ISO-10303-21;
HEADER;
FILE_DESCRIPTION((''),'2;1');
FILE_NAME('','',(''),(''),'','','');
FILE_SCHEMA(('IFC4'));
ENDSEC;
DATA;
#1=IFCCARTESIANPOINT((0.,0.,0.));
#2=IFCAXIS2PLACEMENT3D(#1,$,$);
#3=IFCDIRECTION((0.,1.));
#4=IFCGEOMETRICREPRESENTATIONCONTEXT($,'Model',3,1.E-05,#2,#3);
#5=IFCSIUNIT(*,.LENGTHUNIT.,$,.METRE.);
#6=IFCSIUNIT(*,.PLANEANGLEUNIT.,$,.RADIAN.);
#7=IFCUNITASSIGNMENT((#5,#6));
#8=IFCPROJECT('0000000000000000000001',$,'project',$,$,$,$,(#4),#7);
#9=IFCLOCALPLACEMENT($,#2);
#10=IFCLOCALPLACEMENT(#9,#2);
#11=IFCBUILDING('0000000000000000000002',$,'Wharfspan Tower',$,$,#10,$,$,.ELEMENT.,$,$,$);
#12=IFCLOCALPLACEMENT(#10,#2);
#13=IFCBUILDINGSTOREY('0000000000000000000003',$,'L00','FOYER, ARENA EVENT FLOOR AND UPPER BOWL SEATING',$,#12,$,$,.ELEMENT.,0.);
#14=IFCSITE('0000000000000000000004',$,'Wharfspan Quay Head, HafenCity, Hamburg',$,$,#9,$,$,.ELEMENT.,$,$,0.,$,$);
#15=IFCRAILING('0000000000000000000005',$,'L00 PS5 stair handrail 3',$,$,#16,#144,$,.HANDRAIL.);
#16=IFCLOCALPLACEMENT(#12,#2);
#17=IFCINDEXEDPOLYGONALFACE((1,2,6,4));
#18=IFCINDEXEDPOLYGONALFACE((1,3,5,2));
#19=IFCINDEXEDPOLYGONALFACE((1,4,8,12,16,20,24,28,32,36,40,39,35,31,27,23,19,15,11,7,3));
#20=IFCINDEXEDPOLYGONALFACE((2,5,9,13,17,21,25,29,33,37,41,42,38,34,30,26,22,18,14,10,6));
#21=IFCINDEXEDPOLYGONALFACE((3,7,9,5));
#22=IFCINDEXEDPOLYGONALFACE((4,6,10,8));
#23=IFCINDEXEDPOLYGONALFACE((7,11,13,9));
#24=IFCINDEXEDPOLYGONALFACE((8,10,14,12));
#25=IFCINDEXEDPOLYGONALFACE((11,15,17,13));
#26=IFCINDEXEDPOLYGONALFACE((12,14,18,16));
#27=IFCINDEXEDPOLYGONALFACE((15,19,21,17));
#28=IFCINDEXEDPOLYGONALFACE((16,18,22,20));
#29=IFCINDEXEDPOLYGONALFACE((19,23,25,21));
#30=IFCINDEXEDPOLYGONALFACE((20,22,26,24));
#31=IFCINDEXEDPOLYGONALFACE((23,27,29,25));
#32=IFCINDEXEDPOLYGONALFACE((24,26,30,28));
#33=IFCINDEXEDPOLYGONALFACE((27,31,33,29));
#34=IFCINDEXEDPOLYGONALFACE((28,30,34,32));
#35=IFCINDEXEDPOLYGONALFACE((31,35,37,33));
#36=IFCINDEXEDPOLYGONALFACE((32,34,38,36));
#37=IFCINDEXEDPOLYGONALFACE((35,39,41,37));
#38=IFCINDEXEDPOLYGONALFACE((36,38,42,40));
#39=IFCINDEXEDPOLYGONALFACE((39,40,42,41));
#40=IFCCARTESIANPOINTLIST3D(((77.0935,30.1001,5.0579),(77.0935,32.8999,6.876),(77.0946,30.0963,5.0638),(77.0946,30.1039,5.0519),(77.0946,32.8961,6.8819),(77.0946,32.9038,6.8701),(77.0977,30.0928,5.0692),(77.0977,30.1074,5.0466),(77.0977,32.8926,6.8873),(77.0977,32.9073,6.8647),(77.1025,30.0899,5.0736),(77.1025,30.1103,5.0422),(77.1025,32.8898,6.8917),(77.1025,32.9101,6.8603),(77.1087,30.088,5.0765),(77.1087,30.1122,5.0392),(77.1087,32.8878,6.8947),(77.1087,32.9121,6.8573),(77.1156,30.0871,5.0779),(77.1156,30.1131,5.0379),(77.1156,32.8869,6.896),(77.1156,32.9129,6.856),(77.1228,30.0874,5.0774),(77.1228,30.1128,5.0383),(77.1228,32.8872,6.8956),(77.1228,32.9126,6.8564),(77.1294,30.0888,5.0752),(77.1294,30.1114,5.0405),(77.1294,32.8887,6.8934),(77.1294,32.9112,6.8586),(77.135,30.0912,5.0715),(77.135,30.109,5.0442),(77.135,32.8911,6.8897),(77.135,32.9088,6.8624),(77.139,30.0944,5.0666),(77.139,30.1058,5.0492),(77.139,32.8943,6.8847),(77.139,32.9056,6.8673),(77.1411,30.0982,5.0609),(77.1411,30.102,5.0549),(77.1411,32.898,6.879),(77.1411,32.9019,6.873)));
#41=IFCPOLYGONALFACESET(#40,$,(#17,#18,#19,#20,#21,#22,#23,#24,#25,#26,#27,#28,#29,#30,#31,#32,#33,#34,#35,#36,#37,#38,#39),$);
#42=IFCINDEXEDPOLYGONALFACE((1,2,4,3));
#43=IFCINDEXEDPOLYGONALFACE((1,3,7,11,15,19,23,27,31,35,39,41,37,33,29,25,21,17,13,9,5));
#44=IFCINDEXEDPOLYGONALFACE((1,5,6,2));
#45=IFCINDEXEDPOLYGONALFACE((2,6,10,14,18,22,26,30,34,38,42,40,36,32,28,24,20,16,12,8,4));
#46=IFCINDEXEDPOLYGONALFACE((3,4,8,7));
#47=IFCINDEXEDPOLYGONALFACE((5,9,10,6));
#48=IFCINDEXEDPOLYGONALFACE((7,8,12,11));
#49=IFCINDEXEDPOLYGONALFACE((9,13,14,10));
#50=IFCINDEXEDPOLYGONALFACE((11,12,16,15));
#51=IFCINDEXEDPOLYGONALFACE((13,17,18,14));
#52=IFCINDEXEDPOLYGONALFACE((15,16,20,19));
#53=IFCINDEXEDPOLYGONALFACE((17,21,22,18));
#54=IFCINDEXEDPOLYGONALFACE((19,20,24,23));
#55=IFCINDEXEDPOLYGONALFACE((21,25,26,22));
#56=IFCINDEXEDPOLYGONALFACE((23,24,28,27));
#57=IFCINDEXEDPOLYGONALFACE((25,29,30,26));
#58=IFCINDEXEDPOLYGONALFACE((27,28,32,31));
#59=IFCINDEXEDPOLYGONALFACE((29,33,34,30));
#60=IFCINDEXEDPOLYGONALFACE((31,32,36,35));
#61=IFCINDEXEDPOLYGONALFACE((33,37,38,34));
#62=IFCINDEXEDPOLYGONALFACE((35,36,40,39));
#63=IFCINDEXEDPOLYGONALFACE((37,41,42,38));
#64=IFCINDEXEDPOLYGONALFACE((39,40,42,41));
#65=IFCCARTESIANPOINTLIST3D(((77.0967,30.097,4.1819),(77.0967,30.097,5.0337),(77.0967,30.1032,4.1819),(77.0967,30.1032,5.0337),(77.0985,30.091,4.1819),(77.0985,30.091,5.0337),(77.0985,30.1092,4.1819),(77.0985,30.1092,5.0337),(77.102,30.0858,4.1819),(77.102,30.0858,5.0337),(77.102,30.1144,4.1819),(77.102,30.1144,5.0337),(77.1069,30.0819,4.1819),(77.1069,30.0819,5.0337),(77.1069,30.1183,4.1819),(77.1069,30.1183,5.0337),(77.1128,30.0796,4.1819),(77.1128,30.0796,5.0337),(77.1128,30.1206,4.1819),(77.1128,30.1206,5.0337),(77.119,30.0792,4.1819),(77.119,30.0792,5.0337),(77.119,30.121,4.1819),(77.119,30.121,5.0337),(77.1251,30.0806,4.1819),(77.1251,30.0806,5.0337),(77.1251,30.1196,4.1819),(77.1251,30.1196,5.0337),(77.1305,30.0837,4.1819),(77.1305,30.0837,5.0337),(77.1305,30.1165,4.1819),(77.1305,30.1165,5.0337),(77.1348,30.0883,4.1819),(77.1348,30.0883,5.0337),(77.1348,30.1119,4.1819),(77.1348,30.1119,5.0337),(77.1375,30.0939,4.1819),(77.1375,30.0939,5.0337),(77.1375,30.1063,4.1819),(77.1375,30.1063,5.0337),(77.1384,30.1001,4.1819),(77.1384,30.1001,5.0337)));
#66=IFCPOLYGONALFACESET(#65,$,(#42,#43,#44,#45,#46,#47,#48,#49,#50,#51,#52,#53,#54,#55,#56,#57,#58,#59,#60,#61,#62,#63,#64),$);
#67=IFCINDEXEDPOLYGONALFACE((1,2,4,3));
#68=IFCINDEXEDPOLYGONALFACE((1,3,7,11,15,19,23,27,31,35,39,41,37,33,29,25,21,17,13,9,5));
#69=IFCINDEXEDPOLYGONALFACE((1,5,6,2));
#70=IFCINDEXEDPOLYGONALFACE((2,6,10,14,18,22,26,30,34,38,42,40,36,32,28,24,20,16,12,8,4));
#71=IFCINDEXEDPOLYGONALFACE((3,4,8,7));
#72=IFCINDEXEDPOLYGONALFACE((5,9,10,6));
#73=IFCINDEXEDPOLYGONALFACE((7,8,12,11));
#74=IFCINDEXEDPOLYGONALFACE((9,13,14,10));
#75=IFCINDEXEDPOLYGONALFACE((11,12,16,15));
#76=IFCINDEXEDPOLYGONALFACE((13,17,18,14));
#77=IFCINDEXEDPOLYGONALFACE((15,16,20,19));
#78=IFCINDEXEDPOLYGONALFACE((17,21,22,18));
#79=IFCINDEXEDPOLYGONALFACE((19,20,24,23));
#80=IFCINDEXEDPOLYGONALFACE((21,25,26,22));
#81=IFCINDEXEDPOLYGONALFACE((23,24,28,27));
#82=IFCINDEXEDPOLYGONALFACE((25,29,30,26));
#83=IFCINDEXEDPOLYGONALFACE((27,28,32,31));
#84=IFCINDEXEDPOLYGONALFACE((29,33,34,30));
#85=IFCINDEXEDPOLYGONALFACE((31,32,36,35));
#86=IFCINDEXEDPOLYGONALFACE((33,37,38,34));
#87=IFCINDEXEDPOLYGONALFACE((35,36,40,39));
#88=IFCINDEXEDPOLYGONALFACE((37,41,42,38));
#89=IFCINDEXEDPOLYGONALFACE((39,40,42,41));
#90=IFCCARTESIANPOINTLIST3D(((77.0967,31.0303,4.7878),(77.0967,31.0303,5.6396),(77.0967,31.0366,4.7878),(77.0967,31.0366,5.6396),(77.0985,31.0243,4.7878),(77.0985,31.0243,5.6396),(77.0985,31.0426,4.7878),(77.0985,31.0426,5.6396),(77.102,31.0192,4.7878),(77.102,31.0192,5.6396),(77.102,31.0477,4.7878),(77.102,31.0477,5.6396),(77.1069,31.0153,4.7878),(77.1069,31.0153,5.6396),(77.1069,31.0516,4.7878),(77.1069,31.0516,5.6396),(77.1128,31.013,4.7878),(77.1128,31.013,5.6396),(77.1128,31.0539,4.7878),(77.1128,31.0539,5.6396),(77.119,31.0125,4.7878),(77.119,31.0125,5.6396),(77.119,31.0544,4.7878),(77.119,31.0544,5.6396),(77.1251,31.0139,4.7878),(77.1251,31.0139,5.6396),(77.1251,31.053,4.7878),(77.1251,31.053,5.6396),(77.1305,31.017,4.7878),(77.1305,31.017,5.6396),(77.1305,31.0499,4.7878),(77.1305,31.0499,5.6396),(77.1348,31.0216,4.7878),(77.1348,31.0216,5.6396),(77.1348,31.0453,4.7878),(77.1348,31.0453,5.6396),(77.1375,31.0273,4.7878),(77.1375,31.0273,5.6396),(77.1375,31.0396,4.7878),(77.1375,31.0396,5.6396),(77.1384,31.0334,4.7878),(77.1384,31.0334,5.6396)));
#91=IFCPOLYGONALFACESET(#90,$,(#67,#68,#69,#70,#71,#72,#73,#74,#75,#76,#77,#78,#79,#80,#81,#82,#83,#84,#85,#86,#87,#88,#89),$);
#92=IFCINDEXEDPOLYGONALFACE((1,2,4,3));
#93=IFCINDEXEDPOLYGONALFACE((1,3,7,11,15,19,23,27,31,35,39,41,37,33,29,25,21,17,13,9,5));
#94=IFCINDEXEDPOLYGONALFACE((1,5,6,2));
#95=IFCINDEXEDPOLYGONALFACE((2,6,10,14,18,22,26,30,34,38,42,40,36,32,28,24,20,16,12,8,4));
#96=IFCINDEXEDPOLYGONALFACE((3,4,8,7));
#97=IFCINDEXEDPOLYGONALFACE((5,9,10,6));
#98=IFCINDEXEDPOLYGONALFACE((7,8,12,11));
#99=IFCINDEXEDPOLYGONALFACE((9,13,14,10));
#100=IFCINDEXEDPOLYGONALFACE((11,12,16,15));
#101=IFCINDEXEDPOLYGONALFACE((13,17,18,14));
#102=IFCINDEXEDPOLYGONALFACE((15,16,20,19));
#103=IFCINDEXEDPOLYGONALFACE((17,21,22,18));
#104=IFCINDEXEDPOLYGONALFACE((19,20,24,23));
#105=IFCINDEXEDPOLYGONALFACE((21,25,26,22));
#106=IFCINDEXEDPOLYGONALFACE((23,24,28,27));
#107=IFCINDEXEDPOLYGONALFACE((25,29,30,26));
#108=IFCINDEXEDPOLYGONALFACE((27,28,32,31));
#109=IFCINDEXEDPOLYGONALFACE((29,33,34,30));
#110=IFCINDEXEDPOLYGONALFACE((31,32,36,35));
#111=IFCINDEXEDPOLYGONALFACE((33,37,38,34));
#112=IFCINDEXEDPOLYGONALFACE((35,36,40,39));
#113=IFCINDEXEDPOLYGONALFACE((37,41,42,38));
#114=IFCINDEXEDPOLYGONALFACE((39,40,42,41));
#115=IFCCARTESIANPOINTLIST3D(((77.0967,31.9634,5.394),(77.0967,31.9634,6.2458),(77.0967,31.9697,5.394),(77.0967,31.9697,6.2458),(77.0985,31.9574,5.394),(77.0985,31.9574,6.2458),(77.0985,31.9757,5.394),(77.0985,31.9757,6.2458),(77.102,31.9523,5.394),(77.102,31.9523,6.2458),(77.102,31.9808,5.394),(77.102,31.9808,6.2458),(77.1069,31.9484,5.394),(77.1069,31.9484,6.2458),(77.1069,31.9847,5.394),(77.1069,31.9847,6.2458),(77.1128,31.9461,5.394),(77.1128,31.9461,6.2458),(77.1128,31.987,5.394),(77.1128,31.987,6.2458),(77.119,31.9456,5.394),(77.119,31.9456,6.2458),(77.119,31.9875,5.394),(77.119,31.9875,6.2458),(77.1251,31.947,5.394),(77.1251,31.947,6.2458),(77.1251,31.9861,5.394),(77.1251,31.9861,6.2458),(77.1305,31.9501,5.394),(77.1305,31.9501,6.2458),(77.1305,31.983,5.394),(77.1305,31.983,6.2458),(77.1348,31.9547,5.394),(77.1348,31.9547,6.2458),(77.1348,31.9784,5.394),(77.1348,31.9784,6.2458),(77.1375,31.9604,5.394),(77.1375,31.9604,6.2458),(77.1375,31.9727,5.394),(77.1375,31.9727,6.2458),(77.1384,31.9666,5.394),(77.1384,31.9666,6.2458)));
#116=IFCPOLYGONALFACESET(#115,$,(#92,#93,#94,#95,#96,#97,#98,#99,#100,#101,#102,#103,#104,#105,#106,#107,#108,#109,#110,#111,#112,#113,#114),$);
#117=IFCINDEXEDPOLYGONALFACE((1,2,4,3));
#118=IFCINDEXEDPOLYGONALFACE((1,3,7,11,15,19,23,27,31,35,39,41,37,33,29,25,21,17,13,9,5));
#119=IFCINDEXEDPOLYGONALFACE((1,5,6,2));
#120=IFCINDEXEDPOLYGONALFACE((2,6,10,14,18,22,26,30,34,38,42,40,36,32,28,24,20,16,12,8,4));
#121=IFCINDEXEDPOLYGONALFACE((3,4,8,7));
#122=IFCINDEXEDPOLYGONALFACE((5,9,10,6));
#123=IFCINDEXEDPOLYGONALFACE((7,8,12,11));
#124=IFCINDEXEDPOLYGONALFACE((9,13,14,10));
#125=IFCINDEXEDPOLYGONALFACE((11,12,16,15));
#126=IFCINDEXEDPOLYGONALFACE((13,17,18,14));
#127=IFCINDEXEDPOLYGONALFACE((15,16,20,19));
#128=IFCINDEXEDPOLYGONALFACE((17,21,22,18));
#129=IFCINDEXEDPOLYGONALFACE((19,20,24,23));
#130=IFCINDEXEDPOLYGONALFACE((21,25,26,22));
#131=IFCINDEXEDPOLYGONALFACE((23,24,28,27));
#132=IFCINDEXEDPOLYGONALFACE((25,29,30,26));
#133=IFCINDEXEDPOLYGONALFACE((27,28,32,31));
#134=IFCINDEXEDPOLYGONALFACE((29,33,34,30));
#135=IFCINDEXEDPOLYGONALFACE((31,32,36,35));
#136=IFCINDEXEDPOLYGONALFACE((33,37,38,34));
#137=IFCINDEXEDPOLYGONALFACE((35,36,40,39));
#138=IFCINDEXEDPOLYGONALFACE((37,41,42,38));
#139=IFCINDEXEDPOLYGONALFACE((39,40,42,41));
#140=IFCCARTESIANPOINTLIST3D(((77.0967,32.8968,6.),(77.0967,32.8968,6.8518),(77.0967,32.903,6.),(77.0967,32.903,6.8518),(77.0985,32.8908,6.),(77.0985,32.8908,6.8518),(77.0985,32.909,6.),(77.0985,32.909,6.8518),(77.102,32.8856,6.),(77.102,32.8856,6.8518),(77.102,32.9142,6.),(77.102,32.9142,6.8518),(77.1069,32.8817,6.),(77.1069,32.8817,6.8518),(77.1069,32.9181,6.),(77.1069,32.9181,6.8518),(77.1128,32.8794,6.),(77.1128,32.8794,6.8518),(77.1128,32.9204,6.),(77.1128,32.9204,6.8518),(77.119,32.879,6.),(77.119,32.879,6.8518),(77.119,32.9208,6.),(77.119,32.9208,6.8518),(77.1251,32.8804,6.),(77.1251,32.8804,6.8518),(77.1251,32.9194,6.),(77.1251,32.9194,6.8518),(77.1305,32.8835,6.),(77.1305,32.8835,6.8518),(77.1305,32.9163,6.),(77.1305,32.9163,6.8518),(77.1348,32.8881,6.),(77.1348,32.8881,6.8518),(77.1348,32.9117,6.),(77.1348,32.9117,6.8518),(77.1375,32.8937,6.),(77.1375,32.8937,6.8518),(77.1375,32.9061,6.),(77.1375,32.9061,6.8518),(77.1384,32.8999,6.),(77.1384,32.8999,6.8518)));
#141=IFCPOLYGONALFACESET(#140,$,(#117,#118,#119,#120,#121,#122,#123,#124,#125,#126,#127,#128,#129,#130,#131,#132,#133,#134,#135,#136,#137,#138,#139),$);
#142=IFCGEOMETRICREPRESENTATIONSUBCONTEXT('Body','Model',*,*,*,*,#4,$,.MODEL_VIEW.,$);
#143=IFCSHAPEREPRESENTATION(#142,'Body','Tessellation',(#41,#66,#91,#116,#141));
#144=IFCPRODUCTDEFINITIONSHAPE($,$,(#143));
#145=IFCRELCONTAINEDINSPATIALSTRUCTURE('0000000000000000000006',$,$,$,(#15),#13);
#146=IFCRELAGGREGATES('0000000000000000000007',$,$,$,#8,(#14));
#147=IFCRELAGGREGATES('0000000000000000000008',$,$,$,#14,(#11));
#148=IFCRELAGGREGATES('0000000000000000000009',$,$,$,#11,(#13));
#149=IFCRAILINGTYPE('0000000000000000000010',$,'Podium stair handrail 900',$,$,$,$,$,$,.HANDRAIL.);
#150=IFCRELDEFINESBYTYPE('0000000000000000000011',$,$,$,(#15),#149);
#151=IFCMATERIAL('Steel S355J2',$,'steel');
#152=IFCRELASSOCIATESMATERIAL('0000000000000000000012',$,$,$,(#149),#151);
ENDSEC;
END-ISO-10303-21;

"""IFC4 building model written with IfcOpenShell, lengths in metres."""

from ifc_helpers import new_model, si_unit, direction, frame, origin, origin_2d, place, context, subcontext, project, spatial, circle, extrude, material, type_object, element, save


model = new_model("IFC4")

# Units and contexts
model_context = context("Model", 3, precision=1e-05, world=origin(), true_north=direction((0.0, 1.0)))
body_context = subcontext(model_context, "Body", "Model", "MODEL_VIEW")
ifc_project = project(units=[si_unit("LENGTHUNIT", "METRE"), si_unit("PLANEANGLEUNIT", "RADIAN")], contexts=[model_context])

# Site, building, storey
site_placement = place(None, origin())
site = spatial("IfcSite", under=ifc_project, at=site_placement, Name="Wharfspan Quay Head, HafenCity, Hamburg", CompositionType="ELEMENT", RefElevation=0.0)
building_placement = place(site_placement, origin())
building = spatial("IfcBuilding", under=site, at=building_placement, Name="Wharfspan Tower", CompositionType="ELEMENT")
storey_placement = place(building_placement, origin())
storey = spatial("IfcBuildingStorey", under=building, at=storey_placement, Name="L00", Description="FOYER, ARENA EVENT FLOOR AND UPPER BOWL SEATING", CompositionType="ELEMENT", Elevation=0.0)

# Shared definitions
ifc_material_1 = material(Name="Steel S355J2", Category="steel")

# Railing
railing_type_1 = type_object("IfcRailingType", Name="Podium stair handrail 900", PredefinedType="HANDRAIL", material=ifc_material_1)
for number, where, name in (
    (1, (77.1174, 30.1001, 4.1819), "L00 PS5 stair handrail 3"),
):
    element("IfcRailing", number, at=place(storey_placement, frame(where)), inside=storey, type_object=railing_type_1, Name=name, PredefinedType="HANDRAIL", context=body_context, shape_type="SweptSolid", body=[
        extrude(circle(Radius=0.0239, at=origin_2d()), frame((0.0, 0.0, 0.876), z_axis=(0.0, 0.838684, 0.544618), x_axis=(-1.0, 0.0, 0.0)), (0.0, 0.0, 1.0), 3.3384),
        extrude(circle(Radius=0.021, at=origin_2d()), origin(), (0.0, 0.0, 1.0), 0.8518),
        extrude(circle(Radius=0.021, at=origin_2d()), frame((0.0, 0.9334, 0.606)), (0.0, 0.0, 1.0), 0.8518),
        extrude(circle(Radius=0.021, at=origin_2d()), frame((0.0, 1.8665, 1.2122)), (0.0, 0.0, 1.0), 0.8518),
        extrude(circle(Radius=0.021, at=origin_2d()), frame((0.0, 2.7998, 1.8181)), (0.0, 0.0, 1.0), 0.8518),
    ])

save(model, "model.ifc")
